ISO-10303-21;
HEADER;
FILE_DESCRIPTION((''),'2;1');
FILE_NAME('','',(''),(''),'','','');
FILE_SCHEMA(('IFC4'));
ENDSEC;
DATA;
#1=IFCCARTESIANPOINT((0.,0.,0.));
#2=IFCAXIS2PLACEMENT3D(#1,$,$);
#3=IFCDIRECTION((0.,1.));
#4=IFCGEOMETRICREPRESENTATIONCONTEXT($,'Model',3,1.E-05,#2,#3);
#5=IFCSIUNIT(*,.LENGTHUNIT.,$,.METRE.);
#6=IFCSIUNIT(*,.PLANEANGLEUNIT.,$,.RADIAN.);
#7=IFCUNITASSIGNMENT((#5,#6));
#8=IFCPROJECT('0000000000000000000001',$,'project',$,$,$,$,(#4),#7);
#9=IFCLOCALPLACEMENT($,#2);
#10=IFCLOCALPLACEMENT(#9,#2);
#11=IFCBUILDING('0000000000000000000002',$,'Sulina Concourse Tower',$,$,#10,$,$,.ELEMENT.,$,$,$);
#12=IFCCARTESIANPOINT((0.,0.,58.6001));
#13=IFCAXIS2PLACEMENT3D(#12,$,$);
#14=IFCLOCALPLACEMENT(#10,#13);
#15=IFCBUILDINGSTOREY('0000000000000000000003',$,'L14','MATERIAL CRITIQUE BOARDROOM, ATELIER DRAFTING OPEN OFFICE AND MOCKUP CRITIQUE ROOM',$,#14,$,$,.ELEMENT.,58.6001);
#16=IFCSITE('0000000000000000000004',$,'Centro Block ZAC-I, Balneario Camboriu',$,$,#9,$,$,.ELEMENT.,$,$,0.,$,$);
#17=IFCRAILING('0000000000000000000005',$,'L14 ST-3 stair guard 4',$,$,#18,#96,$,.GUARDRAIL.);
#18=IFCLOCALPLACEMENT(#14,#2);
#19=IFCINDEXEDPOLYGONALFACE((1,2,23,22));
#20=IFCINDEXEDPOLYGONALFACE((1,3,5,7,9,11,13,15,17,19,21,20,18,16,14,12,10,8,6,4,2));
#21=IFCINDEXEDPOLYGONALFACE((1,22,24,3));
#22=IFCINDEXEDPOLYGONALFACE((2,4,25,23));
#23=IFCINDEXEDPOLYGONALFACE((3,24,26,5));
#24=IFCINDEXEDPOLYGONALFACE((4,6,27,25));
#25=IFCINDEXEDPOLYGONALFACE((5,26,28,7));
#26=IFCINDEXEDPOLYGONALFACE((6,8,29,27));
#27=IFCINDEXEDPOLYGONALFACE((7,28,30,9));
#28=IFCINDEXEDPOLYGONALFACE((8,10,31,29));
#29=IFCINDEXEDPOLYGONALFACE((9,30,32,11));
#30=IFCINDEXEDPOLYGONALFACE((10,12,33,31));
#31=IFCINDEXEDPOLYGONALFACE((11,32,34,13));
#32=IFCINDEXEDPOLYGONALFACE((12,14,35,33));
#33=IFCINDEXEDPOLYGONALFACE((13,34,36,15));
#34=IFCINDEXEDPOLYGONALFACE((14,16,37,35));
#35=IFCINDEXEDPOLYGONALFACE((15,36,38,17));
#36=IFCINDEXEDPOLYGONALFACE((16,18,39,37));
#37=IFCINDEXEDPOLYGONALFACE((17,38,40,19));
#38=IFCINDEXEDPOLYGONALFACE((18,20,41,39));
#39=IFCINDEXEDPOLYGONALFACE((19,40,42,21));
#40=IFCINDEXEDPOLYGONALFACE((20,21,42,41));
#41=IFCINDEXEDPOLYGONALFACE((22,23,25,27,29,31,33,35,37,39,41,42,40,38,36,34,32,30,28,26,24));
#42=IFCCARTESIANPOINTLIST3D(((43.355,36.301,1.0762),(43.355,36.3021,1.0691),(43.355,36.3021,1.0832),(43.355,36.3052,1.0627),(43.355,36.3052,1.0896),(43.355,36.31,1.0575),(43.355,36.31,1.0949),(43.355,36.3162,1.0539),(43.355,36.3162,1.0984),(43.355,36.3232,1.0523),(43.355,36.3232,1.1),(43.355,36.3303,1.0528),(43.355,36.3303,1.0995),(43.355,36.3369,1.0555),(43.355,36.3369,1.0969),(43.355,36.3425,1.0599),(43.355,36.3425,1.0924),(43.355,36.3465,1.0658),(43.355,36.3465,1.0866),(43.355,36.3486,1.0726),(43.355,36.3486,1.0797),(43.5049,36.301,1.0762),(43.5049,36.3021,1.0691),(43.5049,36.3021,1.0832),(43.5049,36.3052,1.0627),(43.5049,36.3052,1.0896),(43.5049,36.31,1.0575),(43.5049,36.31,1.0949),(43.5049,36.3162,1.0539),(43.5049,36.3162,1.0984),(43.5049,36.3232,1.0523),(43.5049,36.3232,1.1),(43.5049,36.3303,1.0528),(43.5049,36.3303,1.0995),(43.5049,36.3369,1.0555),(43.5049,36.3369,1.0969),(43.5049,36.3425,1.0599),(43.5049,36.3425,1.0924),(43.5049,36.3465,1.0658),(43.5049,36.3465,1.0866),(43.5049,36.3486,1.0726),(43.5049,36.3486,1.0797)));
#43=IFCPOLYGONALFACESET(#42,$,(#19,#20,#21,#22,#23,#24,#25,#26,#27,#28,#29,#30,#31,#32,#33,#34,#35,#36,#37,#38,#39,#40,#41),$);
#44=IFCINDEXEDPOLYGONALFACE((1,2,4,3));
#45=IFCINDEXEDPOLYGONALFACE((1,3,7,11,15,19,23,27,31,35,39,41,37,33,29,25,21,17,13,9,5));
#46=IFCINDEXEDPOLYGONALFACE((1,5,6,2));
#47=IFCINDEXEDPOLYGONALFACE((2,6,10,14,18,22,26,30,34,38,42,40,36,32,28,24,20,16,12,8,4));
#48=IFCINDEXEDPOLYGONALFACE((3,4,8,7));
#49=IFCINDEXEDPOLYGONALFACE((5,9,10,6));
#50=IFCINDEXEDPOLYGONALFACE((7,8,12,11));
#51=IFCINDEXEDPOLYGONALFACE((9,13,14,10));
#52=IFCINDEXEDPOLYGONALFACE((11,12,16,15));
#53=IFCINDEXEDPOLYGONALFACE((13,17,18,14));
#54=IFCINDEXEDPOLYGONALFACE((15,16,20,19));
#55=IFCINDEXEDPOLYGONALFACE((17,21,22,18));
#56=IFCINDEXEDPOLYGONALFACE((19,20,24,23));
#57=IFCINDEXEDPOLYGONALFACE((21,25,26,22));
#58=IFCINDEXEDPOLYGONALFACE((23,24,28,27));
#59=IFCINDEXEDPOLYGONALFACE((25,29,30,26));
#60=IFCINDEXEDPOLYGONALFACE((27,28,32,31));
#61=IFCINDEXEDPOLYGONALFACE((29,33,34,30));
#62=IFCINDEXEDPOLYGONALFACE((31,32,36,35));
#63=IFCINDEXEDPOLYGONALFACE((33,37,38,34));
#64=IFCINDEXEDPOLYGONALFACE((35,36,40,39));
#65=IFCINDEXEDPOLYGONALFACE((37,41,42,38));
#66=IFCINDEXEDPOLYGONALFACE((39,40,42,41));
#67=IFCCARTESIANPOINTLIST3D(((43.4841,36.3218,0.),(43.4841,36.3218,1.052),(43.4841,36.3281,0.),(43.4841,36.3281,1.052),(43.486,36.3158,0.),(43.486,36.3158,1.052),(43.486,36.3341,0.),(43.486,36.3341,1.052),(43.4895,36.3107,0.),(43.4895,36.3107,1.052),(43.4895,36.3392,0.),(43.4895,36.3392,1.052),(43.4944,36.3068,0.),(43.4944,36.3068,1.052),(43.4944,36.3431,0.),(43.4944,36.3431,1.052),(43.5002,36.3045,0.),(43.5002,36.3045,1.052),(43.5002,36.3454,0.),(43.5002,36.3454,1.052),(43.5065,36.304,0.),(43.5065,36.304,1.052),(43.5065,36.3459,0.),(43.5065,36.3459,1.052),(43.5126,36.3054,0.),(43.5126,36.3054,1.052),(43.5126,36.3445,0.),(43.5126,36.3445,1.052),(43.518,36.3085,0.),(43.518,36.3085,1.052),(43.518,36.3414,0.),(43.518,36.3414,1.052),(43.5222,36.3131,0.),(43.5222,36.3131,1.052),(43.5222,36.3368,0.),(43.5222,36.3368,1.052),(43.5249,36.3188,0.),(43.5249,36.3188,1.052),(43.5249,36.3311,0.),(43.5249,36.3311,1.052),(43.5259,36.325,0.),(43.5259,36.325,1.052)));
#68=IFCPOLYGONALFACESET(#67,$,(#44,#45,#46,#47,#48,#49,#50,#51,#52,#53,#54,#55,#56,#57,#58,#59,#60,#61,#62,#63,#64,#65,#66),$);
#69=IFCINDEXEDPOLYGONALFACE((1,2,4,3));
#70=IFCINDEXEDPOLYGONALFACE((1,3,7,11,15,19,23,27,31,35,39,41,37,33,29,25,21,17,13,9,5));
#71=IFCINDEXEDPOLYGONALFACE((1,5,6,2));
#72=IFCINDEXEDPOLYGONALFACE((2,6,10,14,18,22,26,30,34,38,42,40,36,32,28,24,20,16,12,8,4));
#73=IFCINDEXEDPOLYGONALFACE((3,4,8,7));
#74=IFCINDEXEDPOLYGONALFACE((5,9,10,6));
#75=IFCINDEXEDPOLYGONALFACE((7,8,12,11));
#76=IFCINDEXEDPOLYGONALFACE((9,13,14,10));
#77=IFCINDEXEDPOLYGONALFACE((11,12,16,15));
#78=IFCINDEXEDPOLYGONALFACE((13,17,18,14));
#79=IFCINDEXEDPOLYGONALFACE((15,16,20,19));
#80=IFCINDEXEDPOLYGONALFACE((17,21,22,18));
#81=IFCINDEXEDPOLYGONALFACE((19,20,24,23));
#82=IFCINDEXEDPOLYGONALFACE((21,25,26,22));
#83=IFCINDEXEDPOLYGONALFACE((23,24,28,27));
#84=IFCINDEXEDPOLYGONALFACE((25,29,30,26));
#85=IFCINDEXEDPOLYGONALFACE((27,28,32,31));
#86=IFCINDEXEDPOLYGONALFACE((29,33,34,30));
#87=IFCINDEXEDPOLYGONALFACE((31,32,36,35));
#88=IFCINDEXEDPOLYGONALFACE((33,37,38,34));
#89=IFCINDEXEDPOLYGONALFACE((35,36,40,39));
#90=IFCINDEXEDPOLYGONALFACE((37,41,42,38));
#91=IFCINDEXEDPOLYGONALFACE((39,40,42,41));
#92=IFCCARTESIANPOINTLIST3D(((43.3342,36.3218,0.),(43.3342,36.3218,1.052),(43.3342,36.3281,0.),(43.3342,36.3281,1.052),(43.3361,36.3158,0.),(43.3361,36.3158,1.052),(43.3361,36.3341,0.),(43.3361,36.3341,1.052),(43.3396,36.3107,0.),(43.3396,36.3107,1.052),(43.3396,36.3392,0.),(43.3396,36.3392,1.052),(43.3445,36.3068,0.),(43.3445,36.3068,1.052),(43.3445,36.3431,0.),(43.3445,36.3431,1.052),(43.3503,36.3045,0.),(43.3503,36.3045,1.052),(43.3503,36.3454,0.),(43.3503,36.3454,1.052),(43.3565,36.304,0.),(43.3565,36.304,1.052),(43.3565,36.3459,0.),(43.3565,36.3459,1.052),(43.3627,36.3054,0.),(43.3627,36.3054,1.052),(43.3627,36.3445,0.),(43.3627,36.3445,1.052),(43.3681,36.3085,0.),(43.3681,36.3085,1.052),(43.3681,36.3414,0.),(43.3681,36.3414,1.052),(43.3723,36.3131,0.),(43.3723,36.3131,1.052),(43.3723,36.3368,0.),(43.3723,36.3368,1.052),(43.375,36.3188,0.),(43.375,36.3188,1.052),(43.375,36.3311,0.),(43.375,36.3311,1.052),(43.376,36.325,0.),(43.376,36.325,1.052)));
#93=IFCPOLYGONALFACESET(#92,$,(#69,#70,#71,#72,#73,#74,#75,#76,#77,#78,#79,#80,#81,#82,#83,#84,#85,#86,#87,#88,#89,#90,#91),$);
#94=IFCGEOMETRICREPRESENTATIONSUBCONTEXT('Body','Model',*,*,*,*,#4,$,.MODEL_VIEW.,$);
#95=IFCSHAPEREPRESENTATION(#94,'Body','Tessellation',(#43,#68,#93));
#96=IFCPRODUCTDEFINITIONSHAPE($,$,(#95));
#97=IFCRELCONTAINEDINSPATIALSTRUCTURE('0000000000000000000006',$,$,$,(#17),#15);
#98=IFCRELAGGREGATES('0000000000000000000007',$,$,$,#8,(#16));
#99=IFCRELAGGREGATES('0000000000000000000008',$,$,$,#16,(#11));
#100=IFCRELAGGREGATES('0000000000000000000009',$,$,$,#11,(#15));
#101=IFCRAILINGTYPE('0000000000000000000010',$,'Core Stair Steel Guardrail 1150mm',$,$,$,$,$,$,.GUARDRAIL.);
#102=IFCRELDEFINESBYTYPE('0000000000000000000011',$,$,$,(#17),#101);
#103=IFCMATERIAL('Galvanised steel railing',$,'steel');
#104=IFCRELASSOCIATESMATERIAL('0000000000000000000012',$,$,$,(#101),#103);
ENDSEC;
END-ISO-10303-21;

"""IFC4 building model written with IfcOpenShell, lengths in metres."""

from ifc_helpers import new_model, si_unit, direction, frame, origin, origin_2d, place, context, subcontext, project, spatial, circle, extrude, material, type_object, element, save


model = new_model("IFC4")

# Units and contexts
model_context = context("Model", 3, precision=1e-05, world=origin(), true_north=direction((0.0, 1.0)))
body_context = subcontext(model_context, "Body", "Model", "MODEL_VIEW")
ifc_project = project(units=[si_unit("LENGTHUNIT", "METRE"), si_unit("PLANEANGLEUNIT", "RADIAN")], contexts=[model_context])

# Site, building, storey
site_placement = place(None, origin())
site = spatial("IfcSite", under=ifc_project, at=site_placement, Name="Centro Block ZAC-I, Balneario Camboriu", CompositionType="ELEMENT", RefElevation=0.0)
building_placement = place(site_placement, origin())
building = spatial("IfcBuilding", under=site, at=building_placement, Name="Sulina Concourse Tower", CompositionType="ELEMENT")
storey_placement = place(building_placement, frame((0.0, 0.0, 58.6001)))
storey = spatial("IfcBuildingStorey", under=building, at=storey_placement, Name="L14", Description="MATERIAL CRITIQUE BOARDROOM, ATELIER DRAFTING OPEN OFFICE AND MOCKUP CRITIQUE ROOM", CompositionType="ELEMENT", Elevation=58.6001)

# Railing
ifc_material_1 = material(Name="Galvanised steel railing", Category="steel")
railing_type_1 = type_object("IfcRailingType", Name="Core Stair Steel Guardrail 1150mm", PredefinedType="GUARDRAIL", material=ifc_material_1)
railing_1_placement = place(storey_placement, frame((43.5049, 36.325, 0.0)))
element("IfcRailing", 1, at=railing_1_placement, inside=storey, type_object=railing_type_1, Name="L14 ST-3 stair guard 4", PredefinedType="GUARDRAIL", context=body_context, shape_type="SweptSolid", body=[
    extrude(circle(Radius=0.0239, at=origin_2d()), frame((0.0, 0.0, 1.0762), z_axis=(-1.0, 0.0, 0.0), x_axis=(0.0, -1.0, 0.0)), (0.0, 0.0, 1.0), 0.1499),
    extrude(circle(Radius=0.021, at=origin_2d()), origin(), (0.0, 0.0, 1.0), 1.052),
    extrude(circle(Radius=0.021, at=origin_2d()), frame((-0.1499, 0.0, 0.0)), (0.0, 0.0, 1.0), 1.052),
])

save(model, "model.ifc")
